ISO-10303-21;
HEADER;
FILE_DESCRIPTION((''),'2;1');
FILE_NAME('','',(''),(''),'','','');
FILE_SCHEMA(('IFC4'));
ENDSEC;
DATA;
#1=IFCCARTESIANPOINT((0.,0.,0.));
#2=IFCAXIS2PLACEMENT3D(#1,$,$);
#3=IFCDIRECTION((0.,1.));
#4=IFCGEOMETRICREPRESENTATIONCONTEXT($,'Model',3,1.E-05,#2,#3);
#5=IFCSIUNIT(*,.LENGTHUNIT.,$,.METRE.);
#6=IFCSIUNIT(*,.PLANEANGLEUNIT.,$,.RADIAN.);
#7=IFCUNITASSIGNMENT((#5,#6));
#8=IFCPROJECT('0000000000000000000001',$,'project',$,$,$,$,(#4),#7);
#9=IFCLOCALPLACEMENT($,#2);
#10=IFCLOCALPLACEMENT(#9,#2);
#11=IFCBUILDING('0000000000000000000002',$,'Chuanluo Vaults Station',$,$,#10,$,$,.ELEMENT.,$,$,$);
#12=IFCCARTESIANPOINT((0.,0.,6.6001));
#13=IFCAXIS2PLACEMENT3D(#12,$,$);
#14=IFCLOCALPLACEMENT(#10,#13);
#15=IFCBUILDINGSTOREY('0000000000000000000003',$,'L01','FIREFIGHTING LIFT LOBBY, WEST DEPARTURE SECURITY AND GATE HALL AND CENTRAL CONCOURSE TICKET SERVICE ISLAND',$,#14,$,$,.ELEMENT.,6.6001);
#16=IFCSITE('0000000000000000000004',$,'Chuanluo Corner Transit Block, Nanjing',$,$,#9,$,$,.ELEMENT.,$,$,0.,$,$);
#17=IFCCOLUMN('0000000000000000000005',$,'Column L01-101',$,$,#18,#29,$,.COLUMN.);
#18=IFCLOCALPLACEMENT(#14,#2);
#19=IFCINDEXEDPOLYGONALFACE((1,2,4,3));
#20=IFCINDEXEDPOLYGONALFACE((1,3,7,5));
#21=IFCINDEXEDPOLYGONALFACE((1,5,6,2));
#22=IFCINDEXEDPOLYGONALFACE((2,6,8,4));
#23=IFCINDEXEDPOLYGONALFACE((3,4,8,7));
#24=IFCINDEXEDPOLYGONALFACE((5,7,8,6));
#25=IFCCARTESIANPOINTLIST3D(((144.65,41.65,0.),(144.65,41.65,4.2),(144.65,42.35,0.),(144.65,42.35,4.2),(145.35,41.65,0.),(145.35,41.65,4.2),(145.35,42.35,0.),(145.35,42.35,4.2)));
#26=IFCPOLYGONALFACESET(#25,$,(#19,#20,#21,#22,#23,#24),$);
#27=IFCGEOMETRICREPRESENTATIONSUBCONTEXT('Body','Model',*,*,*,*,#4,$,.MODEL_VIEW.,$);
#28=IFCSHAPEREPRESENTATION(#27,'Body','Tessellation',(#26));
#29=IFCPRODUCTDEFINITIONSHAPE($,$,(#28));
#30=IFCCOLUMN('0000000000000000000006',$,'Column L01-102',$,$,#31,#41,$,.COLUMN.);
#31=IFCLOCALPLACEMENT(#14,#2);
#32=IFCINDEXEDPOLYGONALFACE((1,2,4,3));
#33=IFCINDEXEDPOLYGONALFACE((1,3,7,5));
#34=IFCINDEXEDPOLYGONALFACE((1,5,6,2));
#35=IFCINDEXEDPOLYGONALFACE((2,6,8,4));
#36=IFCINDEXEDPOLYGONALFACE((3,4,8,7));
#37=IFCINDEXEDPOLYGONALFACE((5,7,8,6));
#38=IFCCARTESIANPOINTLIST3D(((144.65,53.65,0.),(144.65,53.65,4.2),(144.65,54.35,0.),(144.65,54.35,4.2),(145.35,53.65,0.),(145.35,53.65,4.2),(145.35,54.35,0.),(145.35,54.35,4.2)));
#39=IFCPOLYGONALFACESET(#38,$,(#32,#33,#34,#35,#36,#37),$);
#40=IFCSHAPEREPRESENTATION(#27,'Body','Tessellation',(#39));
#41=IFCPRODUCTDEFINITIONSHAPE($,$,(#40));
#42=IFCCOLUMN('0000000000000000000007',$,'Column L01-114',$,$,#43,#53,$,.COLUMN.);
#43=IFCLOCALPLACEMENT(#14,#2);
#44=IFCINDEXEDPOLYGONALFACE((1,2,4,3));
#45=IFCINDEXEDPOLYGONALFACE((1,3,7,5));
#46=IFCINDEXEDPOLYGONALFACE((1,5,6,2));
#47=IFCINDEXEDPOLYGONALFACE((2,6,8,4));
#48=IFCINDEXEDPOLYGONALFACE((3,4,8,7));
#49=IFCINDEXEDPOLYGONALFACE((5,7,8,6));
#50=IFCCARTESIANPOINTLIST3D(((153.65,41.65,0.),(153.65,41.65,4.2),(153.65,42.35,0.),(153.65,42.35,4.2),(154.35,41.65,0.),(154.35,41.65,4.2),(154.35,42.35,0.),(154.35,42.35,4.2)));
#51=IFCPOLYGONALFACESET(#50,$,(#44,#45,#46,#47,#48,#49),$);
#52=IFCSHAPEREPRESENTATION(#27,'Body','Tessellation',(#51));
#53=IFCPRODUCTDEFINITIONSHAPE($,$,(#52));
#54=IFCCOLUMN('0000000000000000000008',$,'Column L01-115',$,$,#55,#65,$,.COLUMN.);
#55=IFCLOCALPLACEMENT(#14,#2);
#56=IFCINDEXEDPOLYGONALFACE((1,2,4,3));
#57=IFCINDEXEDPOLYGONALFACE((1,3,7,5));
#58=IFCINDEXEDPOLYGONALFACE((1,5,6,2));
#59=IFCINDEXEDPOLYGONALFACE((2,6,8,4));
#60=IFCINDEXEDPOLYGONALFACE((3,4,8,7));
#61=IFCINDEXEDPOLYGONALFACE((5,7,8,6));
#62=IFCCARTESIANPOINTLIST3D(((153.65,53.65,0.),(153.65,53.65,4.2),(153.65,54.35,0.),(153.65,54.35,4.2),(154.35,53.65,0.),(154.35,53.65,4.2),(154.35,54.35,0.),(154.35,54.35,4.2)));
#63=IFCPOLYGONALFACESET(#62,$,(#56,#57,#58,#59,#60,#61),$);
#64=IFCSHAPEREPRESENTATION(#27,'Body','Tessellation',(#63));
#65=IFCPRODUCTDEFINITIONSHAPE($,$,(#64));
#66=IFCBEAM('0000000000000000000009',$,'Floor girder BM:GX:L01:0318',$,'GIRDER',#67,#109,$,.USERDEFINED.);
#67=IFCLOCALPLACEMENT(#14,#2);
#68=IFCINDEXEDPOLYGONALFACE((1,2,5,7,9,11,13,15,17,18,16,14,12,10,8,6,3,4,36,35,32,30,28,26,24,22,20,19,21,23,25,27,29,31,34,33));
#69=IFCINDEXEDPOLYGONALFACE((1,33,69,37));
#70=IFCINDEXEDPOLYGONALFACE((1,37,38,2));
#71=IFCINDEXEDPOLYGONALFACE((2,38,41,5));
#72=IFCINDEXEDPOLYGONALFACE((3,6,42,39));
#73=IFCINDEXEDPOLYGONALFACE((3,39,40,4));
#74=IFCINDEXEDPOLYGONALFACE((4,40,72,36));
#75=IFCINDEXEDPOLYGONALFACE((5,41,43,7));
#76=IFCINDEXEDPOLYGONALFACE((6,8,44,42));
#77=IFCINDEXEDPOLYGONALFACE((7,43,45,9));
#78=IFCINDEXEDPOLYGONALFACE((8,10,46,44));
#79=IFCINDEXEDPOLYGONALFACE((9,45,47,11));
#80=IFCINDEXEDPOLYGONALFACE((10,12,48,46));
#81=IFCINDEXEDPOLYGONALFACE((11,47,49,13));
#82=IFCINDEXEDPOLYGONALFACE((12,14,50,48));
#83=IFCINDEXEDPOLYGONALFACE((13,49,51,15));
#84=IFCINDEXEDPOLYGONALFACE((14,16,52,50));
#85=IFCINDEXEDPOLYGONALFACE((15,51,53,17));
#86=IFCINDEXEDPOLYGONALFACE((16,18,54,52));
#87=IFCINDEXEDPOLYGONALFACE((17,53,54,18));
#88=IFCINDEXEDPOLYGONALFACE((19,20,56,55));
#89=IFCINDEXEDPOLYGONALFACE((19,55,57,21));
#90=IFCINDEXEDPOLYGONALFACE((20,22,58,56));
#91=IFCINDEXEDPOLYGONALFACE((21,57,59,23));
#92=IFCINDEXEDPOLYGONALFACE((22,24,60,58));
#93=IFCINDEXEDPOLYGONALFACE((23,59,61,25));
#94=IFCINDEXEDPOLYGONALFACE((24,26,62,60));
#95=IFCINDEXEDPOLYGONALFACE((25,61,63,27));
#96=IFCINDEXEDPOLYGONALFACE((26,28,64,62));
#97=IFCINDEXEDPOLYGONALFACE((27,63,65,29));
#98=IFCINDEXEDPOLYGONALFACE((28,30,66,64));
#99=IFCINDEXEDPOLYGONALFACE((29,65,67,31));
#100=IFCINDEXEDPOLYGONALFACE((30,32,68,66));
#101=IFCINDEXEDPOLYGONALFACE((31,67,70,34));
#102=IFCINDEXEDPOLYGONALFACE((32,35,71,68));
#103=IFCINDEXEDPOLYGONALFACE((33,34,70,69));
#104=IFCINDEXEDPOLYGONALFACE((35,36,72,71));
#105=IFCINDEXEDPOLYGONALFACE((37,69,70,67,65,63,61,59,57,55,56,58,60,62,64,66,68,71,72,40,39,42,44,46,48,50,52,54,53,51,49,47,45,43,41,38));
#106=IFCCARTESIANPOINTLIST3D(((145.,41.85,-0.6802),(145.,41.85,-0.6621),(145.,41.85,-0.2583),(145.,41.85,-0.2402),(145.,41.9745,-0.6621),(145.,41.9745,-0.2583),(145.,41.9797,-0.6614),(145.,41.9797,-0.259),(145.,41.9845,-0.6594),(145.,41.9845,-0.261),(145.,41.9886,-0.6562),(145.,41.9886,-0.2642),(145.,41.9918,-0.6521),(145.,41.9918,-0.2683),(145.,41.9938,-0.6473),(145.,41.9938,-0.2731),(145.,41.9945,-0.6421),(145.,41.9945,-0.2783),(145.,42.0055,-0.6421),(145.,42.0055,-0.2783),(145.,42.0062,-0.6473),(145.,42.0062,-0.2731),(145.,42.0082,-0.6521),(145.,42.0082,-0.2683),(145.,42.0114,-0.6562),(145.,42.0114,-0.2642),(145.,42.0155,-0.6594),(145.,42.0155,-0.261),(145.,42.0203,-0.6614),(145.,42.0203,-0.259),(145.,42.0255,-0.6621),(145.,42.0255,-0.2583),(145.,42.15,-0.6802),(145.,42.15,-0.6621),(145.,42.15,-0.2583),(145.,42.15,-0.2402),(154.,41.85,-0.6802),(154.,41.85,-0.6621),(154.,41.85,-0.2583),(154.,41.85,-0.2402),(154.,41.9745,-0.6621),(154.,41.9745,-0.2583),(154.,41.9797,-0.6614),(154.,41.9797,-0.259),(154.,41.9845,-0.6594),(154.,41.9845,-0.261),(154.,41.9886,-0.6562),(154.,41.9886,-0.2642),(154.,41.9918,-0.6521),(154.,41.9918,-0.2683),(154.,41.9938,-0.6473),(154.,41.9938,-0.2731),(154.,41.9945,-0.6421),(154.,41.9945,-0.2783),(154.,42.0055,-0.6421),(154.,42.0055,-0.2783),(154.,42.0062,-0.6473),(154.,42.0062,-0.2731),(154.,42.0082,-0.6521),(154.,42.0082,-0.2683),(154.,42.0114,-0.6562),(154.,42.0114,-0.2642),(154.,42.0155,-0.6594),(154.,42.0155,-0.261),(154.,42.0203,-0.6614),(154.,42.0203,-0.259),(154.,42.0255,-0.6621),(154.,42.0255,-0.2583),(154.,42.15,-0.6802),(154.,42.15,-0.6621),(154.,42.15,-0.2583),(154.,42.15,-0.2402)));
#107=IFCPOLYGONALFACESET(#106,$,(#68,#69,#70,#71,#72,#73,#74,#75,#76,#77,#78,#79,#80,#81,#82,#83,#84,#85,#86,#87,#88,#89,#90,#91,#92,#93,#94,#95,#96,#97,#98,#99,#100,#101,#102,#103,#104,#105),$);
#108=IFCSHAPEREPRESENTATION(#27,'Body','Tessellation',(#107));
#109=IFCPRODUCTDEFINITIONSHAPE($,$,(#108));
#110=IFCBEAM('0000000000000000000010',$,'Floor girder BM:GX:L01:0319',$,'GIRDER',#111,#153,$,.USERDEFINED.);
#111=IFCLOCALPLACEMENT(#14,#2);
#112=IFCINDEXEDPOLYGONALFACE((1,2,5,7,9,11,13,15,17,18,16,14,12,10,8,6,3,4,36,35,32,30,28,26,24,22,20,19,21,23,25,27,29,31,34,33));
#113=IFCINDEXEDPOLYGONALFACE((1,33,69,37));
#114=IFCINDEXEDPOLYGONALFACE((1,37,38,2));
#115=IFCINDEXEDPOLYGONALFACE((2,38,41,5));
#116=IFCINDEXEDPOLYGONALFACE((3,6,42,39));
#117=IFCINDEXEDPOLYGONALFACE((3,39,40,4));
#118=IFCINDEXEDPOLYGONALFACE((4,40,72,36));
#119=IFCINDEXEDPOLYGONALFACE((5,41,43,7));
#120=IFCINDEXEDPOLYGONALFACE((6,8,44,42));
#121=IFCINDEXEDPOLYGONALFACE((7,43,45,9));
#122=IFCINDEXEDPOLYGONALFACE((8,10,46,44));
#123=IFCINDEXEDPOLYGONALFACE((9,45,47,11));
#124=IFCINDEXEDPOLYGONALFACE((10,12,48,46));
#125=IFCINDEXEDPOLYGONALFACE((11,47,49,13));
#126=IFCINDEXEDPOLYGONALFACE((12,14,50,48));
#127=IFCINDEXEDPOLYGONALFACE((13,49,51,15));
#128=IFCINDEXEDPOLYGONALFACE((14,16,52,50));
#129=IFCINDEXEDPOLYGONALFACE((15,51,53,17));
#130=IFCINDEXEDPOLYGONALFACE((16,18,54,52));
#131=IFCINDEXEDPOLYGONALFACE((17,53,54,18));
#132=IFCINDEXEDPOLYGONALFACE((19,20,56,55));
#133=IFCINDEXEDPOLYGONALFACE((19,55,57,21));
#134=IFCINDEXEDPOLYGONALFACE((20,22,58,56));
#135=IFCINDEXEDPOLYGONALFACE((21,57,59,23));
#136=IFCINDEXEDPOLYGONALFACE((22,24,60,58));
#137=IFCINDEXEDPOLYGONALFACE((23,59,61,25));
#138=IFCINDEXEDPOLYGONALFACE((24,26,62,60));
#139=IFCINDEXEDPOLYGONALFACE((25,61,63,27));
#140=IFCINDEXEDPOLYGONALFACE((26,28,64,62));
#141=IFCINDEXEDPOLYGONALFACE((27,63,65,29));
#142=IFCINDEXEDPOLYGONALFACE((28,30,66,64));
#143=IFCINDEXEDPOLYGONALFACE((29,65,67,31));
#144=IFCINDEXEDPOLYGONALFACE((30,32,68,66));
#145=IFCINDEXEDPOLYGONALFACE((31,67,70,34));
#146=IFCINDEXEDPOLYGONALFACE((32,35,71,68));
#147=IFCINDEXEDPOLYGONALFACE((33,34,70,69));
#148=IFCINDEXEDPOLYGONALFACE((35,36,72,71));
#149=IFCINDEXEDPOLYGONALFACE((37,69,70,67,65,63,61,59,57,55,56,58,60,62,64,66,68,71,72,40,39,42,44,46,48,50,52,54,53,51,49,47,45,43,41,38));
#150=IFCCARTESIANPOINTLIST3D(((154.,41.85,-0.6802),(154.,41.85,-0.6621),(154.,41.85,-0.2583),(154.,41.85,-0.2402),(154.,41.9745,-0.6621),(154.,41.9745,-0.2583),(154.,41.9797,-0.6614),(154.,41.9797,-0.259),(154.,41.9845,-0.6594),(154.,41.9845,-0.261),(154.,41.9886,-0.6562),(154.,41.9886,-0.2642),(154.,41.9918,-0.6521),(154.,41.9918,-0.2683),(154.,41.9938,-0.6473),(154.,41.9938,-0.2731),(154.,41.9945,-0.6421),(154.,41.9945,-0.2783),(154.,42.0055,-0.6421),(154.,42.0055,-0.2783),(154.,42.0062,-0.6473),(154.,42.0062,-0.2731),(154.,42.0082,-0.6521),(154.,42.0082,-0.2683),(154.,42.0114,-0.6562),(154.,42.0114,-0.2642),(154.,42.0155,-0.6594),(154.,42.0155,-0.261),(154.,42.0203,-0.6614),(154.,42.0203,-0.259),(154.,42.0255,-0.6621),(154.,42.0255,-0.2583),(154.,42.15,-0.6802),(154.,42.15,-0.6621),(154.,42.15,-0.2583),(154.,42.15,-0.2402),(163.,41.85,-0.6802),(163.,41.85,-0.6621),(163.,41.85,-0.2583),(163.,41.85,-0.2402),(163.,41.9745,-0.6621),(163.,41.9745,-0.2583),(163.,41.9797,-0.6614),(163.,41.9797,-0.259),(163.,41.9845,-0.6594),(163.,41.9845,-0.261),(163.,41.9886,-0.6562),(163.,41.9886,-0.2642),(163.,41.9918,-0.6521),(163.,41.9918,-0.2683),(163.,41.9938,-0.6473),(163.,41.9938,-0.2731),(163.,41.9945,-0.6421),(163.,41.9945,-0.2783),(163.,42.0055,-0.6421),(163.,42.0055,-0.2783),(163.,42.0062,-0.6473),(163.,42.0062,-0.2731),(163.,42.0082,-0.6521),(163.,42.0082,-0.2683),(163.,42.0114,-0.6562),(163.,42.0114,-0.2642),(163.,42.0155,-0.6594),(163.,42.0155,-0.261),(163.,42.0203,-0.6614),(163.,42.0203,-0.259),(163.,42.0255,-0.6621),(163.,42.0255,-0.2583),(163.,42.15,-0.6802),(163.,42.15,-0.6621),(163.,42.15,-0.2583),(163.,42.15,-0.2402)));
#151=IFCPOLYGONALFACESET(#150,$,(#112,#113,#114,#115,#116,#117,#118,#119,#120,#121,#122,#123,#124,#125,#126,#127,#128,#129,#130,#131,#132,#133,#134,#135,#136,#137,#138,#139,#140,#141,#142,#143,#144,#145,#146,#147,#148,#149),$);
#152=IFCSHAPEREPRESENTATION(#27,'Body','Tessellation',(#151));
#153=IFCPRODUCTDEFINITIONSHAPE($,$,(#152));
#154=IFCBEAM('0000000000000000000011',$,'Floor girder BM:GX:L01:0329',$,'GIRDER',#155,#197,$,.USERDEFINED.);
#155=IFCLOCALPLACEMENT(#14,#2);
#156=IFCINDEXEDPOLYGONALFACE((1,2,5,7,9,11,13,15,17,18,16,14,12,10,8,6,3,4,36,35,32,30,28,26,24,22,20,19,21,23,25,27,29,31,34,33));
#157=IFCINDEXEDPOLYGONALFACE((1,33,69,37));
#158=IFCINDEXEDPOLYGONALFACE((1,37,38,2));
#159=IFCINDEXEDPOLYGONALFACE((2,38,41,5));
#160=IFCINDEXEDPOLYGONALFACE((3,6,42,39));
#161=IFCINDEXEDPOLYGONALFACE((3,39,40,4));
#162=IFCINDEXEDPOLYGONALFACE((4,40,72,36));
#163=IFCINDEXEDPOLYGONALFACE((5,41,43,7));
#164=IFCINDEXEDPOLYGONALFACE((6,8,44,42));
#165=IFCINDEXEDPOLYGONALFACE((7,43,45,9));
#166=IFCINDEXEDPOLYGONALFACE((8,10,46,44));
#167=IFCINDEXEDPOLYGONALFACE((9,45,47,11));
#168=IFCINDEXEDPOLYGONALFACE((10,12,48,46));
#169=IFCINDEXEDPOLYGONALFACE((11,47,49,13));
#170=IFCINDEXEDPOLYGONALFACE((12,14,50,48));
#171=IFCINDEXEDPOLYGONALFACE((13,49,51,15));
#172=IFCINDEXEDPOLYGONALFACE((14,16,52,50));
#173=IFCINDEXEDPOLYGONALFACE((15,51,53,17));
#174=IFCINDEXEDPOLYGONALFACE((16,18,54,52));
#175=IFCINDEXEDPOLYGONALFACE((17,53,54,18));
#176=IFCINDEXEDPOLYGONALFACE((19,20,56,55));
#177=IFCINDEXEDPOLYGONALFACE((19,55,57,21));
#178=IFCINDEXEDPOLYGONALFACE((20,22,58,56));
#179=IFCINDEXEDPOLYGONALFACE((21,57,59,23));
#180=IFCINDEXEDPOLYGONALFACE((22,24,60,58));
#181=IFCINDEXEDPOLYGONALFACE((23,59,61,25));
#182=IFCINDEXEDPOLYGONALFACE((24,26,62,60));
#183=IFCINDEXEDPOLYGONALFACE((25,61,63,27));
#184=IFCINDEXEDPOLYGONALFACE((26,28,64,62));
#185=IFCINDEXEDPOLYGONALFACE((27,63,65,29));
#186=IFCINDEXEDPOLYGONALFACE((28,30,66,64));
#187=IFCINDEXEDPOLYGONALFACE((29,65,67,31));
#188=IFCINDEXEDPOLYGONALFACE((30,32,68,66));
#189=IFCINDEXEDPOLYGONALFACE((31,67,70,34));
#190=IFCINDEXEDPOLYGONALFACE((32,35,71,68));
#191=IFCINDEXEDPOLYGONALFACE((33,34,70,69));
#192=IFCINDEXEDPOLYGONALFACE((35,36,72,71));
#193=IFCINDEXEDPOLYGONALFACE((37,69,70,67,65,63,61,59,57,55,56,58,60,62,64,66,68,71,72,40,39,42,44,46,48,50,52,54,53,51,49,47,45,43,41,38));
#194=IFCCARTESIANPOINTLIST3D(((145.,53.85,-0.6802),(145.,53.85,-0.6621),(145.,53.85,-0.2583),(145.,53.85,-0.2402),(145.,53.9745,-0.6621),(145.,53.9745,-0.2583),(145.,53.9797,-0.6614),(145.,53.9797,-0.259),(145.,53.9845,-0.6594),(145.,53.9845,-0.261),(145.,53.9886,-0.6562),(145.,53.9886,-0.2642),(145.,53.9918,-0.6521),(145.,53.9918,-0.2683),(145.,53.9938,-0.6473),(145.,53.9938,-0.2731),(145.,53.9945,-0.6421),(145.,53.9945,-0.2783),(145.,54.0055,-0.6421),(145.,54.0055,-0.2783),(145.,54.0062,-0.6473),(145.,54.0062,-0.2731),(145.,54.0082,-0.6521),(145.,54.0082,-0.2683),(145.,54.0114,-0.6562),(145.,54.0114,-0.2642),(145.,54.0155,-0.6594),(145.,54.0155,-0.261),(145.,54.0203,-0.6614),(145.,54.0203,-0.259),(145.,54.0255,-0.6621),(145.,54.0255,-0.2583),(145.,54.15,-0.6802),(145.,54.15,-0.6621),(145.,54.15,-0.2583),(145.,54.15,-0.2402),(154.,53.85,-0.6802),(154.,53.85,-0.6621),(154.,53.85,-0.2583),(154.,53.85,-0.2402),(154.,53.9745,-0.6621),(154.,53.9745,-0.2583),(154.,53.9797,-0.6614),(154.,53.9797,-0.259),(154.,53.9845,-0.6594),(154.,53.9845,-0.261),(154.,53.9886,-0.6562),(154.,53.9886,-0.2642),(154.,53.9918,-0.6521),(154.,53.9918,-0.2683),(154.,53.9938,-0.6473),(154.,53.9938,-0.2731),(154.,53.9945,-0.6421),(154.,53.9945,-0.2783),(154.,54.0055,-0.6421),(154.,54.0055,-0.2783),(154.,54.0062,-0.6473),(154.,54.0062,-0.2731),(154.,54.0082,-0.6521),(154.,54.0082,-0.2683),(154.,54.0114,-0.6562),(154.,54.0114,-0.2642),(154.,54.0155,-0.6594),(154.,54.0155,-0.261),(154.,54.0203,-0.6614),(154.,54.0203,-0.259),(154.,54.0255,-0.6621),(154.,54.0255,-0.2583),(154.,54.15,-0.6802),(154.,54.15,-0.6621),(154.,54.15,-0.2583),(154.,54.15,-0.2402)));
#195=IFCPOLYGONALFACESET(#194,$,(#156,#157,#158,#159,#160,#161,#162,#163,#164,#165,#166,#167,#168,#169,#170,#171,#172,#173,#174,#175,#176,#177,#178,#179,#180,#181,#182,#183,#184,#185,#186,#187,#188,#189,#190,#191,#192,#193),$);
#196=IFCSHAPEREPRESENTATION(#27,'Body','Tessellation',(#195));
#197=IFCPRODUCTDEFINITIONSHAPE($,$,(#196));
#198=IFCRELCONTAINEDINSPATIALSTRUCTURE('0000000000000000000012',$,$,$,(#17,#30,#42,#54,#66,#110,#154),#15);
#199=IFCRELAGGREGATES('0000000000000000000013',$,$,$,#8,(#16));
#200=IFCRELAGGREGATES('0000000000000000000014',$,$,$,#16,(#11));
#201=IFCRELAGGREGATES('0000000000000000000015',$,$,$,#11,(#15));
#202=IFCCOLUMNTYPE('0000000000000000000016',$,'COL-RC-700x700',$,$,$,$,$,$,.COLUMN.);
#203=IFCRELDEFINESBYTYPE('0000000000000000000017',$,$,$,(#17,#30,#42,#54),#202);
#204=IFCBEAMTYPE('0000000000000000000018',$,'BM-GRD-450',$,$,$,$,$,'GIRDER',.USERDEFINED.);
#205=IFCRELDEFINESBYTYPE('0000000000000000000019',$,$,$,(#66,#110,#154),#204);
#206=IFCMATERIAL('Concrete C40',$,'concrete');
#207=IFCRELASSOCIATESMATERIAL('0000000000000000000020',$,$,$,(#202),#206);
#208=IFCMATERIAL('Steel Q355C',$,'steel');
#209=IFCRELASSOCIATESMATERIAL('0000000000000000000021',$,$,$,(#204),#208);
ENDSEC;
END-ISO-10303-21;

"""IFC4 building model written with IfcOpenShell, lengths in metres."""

from ifc_helpers import new_model, si_unit, direction, frame, origin, origin_2d, place, context, subcontext, project, spatial, rectangle, i_section, extrude, material, material_profile, profile_set, type_object, element, save


model = new_model("IFC4")

# Units and contexts
model_context = context("Model", 3, precision=1e-05, world=origin(), true_north=direction((0.0, 1.0)))
body_context = subcontext(model_context, "Body", "Model", "MODEL_VIEW")
ifc_project = project(units=[si_unit("LENGTHUNIT", "METRE"), si_unit("PLANEANGLEUNIT", "RADIAN")], contexts=[model_context])

# Site, building, storey
site_placement = place(None, origin())
site = spatial("IfcSite", under=ifc_project, at=site_placement, Name="Chuanluo Corner Transit Block, Nanjing", CompositionType="ELEMENT", RefElevation=0.0)
building_placement = place(site_placement, origin())
building = spatial("IfcBuilding", under=site, at=building_placement, Name="Chuanluo Vaults Station", CompositionType="ELEMENT")
storey_placement = place(building_placement, frame((0.0, 0.0, 6.6001)))
storey = spatial("IfcBuildingStorey", under=building, at=storey_placement, Name="L01", Description="FIREFIGHTING LIFT LOBBY, WEST DEPARTURE SECURITY AND GATE HALL AND CENTRAL CONCOURSE TICKET SERVICE ISLAND", CompositionType="ELEMENT", Elevation=6.6001)

# Columns
ifc_material_1 = material(Name="Concrete C40", Category="concrete")
ifc_material_profile_1 = material_profile(ifc_material_1, rectangle(XDim=0.7, YDim=0.7, at=origin_2d()))
ifc_profile_set_1 = profile_set([ifc_material_profile_1], Name="Concrete C40")
column_type = type_object("IfcColumnType", Name="COL-RC-700x700", PredefinedType="COLUMN", material=ifc_profile_set_1)
for number, where, z_axis, x_axis, name in (
    (1, (145.0, 42.0, 0.0), (0.0, 0.0, 1.0), (1.0, 0.0, 0.0), "Column L01-101"),
    (2, (145.0, 54.0, 0.0), (0.0, 0.0, 1.0), (1.0, 0.0, 0.0), "Column L01-102"),
    (3, (154.0, 42.0, 0.0), (0.0, 0.0, 1.0), (1.0, 0.0, 0.0), "Column L01-114"),
    (4, (154.0, 54.0, 0.0), (0.0, 0.0, 1.0), (1.0, 0.0, 0.0), "Column L01-115"),
):
    element("IfcColumn", number, at=place(storey_placement, frame(where, z_axis=z_axis, x_axis=x_axis)), inside=storey, type_object=column_type, Name=name, PredefinedType="COLUMN", context=body_context, shape_type="SweptSolid", body=[
        extrude(rectangle(XDim=0.7, YDim=0.7, at=origin_2d()), origin(), (0.0, 0.0, 1.0), 4.2),
    ])

# Beams
ifc_material_2 = material(Name="Steel Q355C", Category="steel")
ifc_material_profile_2 = material_profile(ifc_material_2, i_section(OverallWidth=0.3, OverallDepth=0.4399, WebThickness=0.011, FlangeThickness=0.0181, FilletRadius=0.02, at=origin_2d()))
ifc_profile_set_2 = profile_set([ifc_material_profile_2], Name="Steel Q355C")
beam_type_1 = type_object("IfcBeamType", Name="BM-GRD-450", ElementType="GIRDER", PredefinedType="USERDEFINED", material=ifc_profile_set_2)
for number, where, z_axis, x_axis, name in (
    (5, (145.0, 42.0, -0.4602), (1.0, 0.0, 0.0), (0.0, 1.0, 0.0), "Floor girder BM:GX:L01:0318"),
    (6, (154.0, 42.0, -0.4602), (1.0, 0.0, 0.0), (0.0, 1.0, 0.0), "Floor girder BM:GX:L01:0319"),
    (7, (145.0, 54.0, -0.4602), (1.0, 0.0, 0.0), (0.0, 1.0, 0.0), "Floor girder BM:GX:L01:0329"),
):
    element("IfcBeam", number, at=place(storey_placement, frame(where, z_axis=z_axis, x_axis=x_axis)), inside=storey, type_object=beam_type_1, Name=name, ObjectType="GIRDER", PredefinedType="USERDEFINED", context=body_context, shape_type="SweptSolid", body=[
        extrude(i_section(OverallWidth=0.3, OverallDepth=0.4399, WebThickness=0.011, FlangeThickness=0.0181, FilletRadius=0.02, at=origin_2d()), origin(), (0.0, 0.0, 1.0), 9.0),
    ])

save(model, "model.ifc")
